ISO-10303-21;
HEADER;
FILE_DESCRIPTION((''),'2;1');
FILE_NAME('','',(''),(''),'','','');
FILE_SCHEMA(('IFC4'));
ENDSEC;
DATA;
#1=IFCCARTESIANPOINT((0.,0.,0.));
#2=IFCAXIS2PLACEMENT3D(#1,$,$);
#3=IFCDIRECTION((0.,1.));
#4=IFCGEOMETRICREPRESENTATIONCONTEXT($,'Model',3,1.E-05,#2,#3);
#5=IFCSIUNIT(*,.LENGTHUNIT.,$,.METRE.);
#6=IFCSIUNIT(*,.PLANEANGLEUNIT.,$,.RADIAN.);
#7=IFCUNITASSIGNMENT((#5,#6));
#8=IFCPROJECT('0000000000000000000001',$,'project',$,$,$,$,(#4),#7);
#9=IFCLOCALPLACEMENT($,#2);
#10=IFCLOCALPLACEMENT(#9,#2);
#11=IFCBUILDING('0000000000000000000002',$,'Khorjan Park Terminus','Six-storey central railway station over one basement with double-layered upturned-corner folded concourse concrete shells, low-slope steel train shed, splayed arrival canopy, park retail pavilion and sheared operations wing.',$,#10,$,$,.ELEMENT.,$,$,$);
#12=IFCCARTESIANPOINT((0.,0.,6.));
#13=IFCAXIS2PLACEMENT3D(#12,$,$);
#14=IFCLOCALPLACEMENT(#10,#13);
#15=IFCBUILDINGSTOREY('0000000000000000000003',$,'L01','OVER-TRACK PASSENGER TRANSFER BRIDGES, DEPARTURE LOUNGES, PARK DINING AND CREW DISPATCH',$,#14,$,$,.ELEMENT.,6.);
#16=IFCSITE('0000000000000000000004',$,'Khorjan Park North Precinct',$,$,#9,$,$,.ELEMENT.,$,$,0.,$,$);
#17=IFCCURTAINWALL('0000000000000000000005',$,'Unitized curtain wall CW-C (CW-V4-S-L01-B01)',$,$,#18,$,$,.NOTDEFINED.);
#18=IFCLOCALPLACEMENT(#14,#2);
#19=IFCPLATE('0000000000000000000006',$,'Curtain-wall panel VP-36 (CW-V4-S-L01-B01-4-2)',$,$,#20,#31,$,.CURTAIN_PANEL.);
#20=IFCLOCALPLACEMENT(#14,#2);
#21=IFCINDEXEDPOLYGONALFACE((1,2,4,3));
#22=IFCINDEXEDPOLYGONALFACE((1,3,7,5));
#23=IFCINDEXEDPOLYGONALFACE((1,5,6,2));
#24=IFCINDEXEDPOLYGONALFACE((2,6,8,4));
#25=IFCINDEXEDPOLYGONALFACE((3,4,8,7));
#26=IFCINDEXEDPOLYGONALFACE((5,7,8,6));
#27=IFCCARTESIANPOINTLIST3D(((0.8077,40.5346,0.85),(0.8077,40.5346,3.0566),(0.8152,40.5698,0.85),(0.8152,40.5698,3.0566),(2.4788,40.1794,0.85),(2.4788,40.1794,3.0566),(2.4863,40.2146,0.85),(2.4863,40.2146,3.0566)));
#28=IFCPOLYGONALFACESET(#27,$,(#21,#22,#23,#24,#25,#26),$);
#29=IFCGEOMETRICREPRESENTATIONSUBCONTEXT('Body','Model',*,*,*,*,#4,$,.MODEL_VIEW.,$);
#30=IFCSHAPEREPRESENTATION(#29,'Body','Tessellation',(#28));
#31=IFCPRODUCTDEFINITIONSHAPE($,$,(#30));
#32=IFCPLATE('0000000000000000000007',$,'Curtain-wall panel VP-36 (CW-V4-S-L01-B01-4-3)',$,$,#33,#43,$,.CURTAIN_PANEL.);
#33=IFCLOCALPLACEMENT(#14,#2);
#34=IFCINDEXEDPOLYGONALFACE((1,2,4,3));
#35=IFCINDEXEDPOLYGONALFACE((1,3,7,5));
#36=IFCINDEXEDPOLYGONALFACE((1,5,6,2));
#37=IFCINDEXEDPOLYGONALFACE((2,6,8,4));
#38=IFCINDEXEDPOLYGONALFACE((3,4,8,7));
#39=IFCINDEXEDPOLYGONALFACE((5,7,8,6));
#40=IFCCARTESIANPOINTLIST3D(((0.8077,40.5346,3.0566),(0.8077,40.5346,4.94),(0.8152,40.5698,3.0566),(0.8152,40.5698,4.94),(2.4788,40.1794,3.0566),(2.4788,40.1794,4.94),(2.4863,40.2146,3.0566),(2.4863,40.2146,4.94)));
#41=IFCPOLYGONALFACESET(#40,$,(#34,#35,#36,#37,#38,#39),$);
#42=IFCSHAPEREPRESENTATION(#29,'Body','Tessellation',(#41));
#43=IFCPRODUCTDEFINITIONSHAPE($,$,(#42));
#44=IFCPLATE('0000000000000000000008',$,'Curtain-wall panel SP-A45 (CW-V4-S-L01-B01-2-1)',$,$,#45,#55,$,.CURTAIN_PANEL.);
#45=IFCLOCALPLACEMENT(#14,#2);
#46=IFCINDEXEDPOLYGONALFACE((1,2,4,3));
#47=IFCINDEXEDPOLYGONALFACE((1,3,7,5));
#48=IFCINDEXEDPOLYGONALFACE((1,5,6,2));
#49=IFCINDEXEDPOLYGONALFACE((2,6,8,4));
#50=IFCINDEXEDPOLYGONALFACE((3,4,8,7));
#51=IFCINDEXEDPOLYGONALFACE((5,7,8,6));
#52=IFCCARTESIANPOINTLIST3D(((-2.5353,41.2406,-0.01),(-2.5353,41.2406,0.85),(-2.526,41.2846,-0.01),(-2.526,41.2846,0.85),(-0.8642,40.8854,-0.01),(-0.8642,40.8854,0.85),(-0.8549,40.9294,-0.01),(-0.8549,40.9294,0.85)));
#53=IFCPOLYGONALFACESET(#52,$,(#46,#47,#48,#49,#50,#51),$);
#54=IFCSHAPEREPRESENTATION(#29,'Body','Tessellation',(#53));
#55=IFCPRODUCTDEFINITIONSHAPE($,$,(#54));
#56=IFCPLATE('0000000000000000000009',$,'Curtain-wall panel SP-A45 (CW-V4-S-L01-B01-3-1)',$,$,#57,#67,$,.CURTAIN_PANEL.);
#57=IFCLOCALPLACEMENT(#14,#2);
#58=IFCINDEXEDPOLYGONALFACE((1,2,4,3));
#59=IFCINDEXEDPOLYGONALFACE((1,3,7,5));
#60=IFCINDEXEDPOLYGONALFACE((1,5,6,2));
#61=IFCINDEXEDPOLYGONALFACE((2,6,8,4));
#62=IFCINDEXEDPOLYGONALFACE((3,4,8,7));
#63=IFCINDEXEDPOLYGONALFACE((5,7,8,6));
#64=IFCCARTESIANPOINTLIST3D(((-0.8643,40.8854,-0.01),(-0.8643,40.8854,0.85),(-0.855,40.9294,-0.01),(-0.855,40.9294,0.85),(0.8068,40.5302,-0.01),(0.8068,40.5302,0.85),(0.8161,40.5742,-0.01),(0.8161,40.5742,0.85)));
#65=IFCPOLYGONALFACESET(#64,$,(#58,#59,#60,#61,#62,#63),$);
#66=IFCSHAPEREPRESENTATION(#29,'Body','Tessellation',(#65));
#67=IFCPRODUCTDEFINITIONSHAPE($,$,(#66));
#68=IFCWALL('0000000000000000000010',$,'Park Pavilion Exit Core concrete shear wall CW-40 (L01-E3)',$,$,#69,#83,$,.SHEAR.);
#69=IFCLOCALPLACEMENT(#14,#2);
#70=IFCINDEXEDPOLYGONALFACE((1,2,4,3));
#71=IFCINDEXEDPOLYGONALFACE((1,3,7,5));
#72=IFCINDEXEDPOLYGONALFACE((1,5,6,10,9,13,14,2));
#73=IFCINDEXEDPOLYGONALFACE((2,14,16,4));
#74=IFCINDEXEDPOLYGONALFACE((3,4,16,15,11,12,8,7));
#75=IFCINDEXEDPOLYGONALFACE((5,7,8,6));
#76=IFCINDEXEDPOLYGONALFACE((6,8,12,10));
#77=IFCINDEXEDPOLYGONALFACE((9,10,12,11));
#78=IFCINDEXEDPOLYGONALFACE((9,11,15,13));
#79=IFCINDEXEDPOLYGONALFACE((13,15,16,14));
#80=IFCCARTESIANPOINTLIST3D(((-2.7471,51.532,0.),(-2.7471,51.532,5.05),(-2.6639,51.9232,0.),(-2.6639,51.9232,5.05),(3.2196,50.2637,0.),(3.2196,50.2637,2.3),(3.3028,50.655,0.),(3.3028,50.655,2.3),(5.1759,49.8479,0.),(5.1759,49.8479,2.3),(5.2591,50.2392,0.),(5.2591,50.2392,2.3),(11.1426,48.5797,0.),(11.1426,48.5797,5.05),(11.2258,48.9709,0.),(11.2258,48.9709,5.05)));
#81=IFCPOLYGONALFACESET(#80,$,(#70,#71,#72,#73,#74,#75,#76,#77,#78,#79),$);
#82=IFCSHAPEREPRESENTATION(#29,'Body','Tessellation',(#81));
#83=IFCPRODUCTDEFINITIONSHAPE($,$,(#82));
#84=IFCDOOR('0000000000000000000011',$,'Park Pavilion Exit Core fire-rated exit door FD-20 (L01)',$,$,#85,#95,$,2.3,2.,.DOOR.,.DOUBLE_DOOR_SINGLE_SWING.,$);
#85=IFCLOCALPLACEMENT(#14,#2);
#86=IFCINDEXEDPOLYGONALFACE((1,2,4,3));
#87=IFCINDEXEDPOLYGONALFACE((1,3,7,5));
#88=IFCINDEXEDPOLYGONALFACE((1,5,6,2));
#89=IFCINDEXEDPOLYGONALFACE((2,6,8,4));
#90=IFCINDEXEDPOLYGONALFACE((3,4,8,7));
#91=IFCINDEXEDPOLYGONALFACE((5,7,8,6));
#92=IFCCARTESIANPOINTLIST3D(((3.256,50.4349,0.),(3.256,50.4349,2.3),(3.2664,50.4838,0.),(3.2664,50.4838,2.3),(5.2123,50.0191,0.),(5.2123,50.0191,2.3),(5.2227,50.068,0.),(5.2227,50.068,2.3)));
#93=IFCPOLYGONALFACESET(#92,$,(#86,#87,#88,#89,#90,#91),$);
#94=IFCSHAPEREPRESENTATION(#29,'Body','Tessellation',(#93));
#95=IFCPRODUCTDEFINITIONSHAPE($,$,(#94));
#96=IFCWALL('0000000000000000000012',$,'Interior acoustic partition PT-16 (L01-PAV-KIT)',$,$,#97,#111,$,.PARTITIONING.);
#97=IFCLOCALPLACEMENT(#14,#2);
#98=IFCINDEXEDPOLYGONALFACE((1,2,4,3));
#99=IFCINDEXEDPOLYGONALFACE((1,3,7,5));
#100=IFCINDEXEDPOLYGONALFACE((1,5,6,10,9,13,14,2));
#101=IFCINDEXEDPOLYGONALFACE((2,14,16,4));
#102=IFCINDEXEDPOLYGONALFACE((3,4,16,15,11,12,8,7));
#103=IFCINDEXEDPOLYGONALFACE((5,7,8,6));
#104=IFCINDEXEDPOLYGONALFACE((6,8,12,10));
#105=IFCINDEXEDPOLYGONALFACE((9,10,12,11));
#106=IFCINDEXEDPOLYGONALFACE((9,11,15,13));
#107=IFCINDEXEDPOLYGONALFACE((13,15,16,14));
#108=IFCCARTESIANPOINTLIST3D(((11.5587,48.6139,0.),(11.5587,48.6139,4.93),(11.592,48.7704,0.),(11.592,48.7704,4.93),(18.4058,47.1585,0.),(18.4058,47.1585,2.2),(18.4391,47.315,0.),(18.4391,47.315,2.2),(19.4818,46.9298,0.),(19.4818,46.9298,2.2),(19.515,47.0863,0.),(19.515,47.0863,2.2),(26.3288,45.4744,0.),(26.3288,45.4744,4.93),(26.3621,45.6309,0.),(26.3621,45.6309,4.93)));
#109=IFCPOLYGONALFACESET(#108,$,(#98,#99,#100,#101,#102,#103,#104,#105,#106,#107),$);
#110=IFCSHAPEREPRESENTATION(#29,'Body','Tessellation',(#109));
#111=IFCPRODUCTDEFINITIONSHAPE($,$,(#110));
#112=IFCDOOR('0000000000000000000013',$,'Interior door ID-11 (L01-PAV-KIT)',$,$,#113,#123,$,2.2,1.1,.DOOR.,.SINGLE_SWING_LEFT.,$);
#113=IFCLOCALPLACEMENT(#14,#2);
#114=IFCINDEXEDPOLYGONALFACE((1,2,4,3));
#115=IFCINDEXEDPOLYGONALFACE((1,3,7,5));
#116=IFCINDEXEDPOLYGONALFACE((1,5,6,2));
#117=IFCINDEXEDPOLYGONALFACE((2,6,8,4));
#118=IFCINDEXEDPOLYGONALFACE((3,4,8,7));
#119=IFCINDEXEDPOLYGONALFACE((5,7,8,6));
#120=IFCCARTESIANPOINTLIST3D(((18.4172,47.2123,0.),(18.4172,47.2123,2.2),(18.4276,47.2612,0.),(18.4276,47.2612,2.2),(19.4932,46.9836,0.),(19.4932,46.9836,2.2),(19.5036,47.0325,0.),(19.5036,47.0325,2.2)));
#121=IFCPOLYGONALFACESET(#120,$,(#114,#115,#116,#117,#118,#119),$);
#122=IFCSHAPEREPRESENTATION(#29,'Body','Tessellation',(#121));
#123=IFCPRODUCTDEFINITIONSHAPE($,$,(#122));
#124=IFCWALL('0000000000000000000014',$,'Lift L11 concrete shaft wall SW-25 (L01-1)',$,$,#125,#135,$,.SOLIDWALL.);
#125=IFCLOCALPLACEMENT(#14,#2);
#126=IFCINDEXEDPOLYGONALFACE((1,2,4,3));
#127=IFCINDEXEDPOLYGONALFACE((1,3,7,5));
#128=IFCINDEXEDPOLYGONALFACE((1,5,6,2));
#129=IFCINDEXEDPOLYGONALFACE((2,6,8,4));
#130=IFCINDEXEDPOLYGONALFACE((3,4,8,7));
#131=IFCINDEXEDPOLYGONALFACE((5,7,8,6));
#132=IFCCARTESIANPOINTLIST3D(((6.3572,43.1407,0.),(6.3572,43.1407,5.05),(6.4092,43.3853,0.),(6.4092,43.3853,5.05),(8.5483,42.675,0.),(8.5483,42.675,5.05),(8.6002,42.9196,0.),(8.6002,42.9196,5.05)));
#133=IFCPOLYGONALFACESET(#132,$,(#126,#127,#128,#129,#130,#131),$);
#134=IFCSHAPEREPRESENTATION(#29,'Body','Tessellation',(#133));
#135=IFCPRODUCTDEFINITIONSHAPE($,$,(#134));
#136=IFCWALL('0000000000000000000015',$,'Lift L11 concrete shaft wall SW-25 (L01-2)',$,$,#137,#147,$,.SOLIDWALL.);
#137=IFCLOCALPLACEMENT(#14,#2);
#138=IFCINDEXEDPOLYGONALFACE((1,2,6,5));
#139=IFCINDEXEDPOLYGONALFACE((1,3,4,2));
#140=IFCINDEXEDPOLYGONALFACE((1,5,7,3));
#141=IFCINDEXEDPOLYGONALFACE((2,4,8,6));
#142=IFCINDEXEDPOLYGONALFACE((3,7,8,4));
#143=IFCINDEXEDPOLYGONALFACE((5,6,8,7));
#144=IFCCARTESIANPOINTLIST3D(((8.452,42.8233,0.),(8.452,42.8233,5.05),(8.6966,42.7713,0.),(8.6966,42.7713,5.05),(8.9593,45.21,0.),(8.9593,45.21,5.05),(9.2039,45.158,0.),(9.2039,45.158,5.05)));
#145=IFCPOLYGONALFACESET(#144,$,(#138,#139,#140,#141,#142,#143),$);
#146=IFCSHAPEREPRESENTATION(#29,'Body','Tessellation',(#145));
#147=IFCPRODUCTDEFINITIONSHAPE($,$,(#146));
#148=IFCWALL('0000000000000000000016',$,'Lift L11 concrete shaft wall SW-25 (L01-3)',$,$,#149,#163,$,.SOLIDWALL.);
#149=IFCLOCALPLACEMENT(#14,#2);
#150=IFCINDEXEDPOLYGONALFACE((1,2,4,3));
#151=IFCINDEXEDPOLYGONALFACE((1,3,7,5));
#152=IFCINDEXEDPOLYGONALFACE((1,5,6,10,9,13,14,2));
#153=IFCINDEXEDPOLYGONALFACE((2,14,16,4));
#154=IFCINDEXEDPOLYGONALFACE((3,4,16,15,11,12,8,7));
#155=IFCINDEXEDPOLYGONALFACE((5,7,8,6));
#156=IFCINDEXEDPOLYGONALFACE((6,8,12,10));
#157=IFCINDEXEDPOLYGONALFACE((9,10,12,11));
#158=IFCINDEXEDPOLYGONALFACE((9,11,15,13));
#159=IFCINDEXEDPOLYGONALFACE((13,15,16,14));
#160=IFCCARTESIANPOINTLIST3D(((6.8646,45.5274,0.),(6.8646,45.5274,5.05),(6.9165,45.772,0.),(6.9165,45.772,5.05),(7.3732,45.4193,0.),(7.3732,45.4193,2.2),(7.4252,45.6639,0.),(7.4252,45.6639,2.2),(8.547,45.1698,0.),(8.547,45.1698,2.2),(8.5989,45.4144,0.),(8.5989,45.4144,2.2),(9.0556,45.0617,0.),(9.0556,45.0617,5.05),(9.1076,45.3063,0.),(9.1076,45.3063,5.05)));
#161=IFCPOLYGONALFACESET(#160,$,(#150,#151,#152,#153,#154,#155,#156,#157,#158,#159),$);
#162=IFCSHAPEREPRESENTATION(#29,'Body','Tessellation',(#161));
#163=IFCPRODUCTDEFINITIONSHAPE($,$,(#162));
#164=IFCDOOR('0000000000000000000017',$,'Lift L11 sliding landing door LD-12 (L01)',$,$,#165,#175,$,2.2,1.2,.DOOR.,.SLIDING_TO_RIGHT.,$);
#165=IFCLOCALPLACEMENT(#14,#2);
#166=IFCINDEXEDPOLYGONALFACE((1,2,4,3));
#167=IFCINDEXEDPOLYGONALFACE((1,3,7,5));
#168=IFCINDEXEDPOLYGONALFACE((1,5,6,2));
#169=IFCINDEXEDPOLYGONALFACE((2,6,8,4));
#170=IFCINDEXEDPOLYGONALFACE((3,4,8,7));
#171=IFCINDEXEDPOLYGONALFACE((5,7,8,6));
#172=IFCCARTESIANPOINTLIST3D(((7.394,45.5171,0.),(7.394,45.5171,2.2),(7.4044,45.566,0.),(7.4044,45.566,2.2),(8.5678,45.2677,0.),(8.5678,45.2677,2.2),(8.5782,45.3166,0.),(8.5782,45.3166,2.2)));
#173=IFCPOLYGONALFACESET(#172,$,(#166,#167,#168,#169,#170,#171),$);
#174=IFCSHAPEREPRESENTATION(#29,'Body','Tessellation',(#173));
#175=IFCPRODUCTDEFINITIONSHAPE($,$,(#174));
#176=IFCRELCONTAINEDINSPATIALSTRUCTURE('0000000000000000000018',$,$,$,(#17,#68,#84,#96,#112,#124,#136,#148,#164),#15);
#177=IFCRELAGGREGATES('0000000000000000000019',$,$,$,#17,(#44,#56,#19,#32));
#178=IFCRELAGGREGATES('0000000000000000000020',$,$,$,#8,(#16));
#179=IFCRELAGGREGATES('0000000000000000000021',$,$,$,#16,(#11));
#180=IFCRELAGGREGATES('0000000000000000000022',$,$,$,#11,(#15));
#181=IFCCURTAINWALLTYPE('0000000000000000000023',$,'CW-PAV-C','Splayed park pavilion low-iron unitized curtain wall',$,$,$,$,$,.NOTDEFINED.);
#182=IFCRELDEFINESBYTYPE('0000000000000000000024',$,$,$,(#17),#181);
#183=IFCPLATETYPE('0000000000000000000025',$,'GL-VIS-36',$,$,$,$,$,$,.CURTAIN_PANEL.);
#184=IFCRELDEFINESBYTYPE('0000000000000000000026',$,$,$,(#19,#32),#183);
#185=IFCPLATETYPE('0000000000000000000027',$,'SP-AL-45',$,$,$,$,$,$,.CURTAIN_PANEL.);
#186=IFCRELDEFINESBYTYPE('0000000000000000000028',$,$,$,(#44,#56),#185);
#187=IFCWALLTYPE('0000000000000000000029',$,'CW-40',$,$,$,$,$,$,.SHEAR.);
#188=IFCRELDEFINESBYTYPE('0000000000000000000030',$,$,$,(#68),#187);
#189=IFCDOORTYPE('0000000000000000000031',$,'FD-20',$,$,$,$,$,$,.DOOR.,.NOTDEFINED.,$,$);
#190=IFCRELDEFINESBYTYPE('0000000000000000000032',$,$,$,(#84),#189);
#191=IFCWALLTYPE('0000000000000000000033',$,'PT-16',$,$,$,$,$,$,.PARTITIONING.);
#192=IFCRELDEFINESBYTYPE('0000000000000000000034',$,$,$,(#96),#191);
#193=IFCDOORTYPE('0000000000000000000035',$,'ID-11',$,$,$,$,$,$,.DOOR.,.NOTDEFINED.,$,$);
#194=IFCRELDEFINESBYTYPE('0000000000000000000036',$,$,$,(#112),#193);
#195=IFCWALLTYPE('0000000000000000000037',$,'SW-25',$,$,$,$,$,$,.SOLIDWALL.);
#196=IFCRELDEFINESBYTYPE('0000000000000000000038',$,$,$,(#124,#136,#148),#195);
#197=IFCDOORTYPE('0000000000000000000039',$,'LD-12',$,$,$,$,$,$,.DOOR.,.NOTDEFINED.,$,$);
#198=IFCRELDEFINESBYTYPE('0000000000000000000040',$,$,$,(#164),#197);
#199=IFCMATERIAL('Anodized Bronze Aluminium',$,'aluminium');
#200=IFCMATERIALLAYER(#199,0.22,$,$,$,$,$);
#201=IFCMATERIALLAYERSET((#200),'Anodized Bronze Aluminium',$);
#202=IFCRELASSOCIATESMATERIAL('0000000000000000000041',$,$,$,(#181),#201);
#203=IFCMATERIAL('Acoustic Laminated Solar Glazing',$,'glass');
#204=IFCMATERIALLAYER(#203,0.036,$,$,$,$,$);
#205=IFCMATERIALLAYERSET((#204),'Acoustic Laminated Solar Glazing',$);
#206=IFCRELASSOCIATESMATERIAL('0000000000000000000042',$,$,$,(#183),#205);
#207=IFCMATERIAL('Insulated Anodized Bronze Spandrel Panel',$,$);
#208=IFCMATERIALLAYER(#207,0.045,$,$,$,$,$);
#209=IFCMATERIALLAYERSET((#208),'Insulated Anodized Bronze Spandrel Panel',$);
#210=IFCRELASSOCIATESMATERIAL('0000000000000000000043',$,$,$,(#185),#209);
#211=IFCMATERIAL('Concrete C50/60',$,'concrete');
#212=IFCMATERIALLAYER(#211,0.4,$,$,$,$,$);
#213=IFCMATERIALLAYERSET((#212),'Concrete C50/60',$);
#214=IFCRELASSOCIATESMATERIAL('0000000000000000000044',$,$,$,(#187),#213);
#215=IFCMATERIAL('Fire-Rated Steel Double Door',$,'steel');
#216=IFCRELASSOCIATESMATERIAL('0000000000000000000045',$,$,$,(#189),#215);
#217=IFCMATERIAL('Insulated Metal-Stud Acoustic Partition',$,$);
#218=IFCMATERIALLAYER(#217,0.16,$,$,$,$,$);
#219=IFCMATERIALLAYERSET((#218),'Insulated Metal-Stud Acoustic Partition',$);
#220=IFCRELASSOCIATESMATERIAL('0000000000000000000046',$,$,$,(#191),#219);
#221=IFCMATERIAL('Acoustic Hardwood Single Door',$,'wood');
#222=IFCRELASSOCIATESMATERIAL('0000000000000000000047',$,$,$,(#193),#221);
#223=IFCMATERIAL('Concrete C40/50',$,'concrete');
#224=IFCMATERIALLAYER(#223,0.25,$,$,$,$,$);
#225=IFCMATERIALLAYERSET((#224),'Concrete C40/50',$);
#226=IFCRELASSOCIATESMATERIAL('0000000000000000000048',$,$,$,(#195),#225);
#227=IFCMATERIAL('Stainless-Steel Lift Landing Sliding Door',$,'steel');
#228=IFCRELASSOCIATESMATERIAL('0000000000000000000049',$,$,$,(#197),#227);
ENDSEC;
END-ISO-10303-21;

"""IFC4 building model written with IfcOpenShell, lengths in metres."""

from ifc_helpers import new_model, si_unit, direction, frame, frame_2d, origin, origin_2d, place, context, subcontext, project, spatial, rectangle, extrude, material, layer, layer_set, type_object, element, fill, aggregate, save


model = new_model("IFC4")

# Units and contexts
model_context = context("Model", 3, precision=1e-05, world=origin(), true_north=direction((0.0, 1.0)))
body_context = subcontext(model_context, "Body", "Model", "MODEL_VIEW")
ifc_project = project(units=[si_unit("LENGTHUNIT", "METRE"), si_unit("PLANEANGLEUNIT", "RADIAN")], contexts=[model_context])

# Site, building, storey
site_placement = place(None, origin())
site = spatial("IfcSite", under=ifc_project, at=site_placement, Name="Khorjan Park North Precinct", CompositionType="ELEMENT", RefElevation=0.0)
building_placement = place(site_placement, origin())
building = spatial("IfcBuilding", under=site, at=building_placement, Name="Khorjan Park Terminus", Description="Six-storey central railway station over one basement with double-layered upturned-corner folded concourse concrete shells, low-slope steel train shed, splayed arrival canopy, park retail pavilion and sheared operations wing.", CompositionType="ELEMENT")
storey_placement = place(building_placement, frame((0.0, 0.0, 6.0)))
storey = spatial("IfcBuildingStorey", under=building, at=storey_placement, Name="L01", Description="OVER-TRACK PASSENGER TRANSFER BRIDGES, DEPARTURE LOUNGES, PARK DINING AND CREW DISPATCH", CompositionType="ELEMENT", Elevation=6.0)

# Curtain wall, plates
ifc_material_1 = material(Name="Anodized Bronze Aluminium", Category="aluminium")
ifc_layer_1 = layer(ifc_material_1, 0.22)
ifc_layer_set_1 = layer_set([ifc_layer_1], Name="Anodized Bronze Aluminium")
curtain_wall_type = type_object("IfcCurtainWallType", Name="CW-PAV-C", Description="Splayed park pavilion low-iron unitized curtain wall", PredefinedType="NOTDEFINED", material=ifc_layer_set_1)
curtain_wall_placement = place(storey_placement, origin())
curtain_wall = element("IfcCurtainWall", 1, at=curtain_wall_placement, inside=storey, type_object=curtain_wall_type, Name="Unitized curtain wall CW-C (CW-V4-S-L01-B01)", PredefinedType="NOTDEFINED")
ifc_material_2 = material(Name="Acoustic Laminated Solar Glazing", Category="glass")
ifc_layer_2 = layer(ifc_material_2, 0.036)
ifc_layer_set_2 = layer_set([ifc_layer_2], Name="Acoustic Laminated Solar Glazing")
plate_type_1 = type_object("IfcPlateType", Name="GL-VIS-36", PredefinedType="CURTAIN_PANEL", material=ifc_layer_set_2)
plate_1_placement = place(storey_placement, frame((1.647, 40.3746, 0.85), z_axis=(0.0, 0.0, 1.0), x_axis=(0.978147, -0.207914, 0.0)))
plate_1 = element("IfcPlate", 2, at=plate_1_placement, type_object=plate_type_1, Name="Curtain-wall panel VP-36 (CW-V4-S-L01-B01-4-2)", PredefinedType="CURTAIN_PANEL", context=body_context, shape_type="SweptSolid", body=[
    extrude(rectangle(XDim=1.7084, YDim=0.036, at=origin_2d()), origin(), (0.0, 0.0, 1.0), 2.2066),
])
plate_2_placement = place(storey_placement, frame((1.647, 40.3746, 3.0566), z_axis=(0.0, 0.0, 1.0), x_axis=(0.978147, -0.207914, 0.0)))
plate_2 = element("IfcPlate", 3, at=plate_2_placement, type_object=plate_type_1, Name="Curtain-wall panel VP-36 (CW-V4-S-L01-B01-4-3)", PredefinedType="CURTAIN_PANEL", context=body_context, shape_type="SweptSolid", body=[
    extrude(rectangle(XDim=1.7084, YDim=0.036, at=origin_2d()), origin(), (0.0, 0.0, 1.0), 1.8834),
])
ifc_material_3 = material(Name="Insulated Anodized Bronze Spandrel Panel")
ifc_layer_3 = layer(ifc_material_3, 0.045)
ifc_layer_set_3 = layer_set([ifc_layer_3], Name="Insulated Anodized Bronze Spandrel Panel")
plate_type_2 = type_object("IfcPlateType", Name="SP-AL-45", PredefinedType="CURTAIN_PANEL", material=ifc_layer_set_3)
plate_3_placement = place(storey_placement, frame((-1.6951, 41.085, -0.01), z_axis=(0.0, 0.0, 1.0), x_axis=(0.978147, -0.207914, 0.0)))
plate_3 = element("IfcPlate", 4, at=plate_3_placement, type_object=plate_type_2, Name="Curtain-wall panel SP-A45 (CW-V4-S-L01-B01-2-1)", PredefinedType="CURTAIN_PANEL", context=body_context, shape_type="SweptSolid", body=[
    extrude(rectangle(XDim=1.7084, YDim=0.045, at=origin_2d()), origin(), (0.0, 0.0, 1.0), 0.86),
])
plate_4_placement = place(storey_placement, frame((-0.0241, 40.7298, -0.01), z_axis=(0.0, 0.0, 1.0), x_axis=(0.978147, -0.207914, 0.0)))
plate_4 = element("IfcPlate", 5, at=plate_4_placement, type_object=plate_type_2, Name="Curtain-wall panel SP-A45 (CW-V4-S-L01-B01-3-1)", PredefinedType="CURTAIN_PANEL", context=body_context, shape_type="SweptSolid", body=[
    extrude(rectangle(XDim=1.7084, YDim=0.045, at=origin_2d()), origin(), (0.0, 0.0, 1.0), 0.86),
])
aggregate(curtain_wall, [plate_3, plate_4, plate_1, plate_2])

# Walls, openings, doors
ifc_material_4 = material(Name="Concrete C50/60", Category="concrete")
ifc_layer_4 = layer(ifc_material_4, 0.4)
ifc_layer_set_4 = layer_set([ifc_layer_4], Name="Concrete C50/60")
wall_type_1 = type_object("IfcWallType", Name="CW-40", PredefinedType="SHEAR", material=ifc_layer_set_4)
wall_1_placement = place(storey_placement, frame((11.1842, 48.7753, 0.0), z_axis=(0.0, 0.0, 1.0), x_axis=(-0.978148, 0.207909, 0.0)))
wall_1 = element("IfcWall", 6, at=wall_1_placement, inside=storey, type_object=wall_type_1, Name="Park Pavilion Exit Core concrete shear wall CW-40 (L01-E3)", PredefinedType="SHEAR", context=body_context, shape_type="SweptSolid", body=[
    extrude(rectangle(XDim=14.2, YDim=0.4, at=frame_2d((7.1, 0.0))), origin(), (0.0, 0.0, 1.0), 5.05),
])
opening_1_placement = place(wall_1_placement, frame((6.1, 0.0, 0.0)))
opening_1 = element("IfcOpeningElement", 7, at=opening_1_placement, cuts=wall_1, PredefinedType="OPENING", context=body_context, shape_type="SweptSolid", body=[
    extrude(rectangle(XDim=2.0, YDim=2.3, at=frame_2d((1.0, 1.15))), frame((0.0, 0.21, 0.0), z_axis=(0.0, -1.0, 0.0), x_axis=(1.0, 0.0, 0.0)), (0.0, 0.0, 1.0), 0.42),
])
ifc_material_5 = material(Name="Fire-Rated Steel Double Door", Category="steel")
door_type_1 = type_object("IfcDoorType", Name="FD-20", OperationType="NOTDEFINED", PredefinedType="DOOR", material=ifc_material_5)
door_1_placement = place(opening_1_placement, origin())
door_1 = element("IfcDoor", 8, at=door_1_placement, inside=storey, type_object=door_type_1, Name="Park Pavilion Exit Core fire-rated exit door FD-20 (L01)", OperationType="DOUBLE_DOOR_SINGLE_SWING", OverallHeight=2.3, OverallWidth=2.0, PredefinedType="DOOR", context=body_context, shape_type="SweptSolid", body=[
    extrude(rectangle(XDim=2.0, YDim=2.3, at=frame_2d((1.0, 1.15))), frame((0.0, 0.025, 0.0), z_axis=(0.0, -1.0, 0.0), x_axis=(1.0, 0.0, 0.0)), (0.0, 0.0, 1.0), 0.05),
])
fill(opening_1, door_1)
ifc_material_6 = material(Name="Insulated Metal-Stud Acoustic Partition")
ifc_layer_5 = layer(ifc_material_6, 0.16)
ifc_layer_set_5 = layer_set([ifc_layer_5], Name="Insulated Metal-Stud Acoustic Partition")
wall_type_2 = type_object("IfcWallType", Name="PT-16", PredefinedType="PARTITIONING", material=ifc_layer_set_5)
wall_2_placement = place(storey_placement, frame((11.5754, 48.6921, 0.0), z_axis=(0.0, 0.0, 1.0), x_axis=(0.978147, -0.207913, 0.0)))
wall_2 = element("IfcWall", 9, at=wall_2_placement, inside=storey, type_object=wall_type_2, Name="Interior acoustic partition PT-16 (L01-PAV-KIT)", PredefinedType="PARTITIONING", context=body_context, shape_type="SweptSolid", body=[
    extrude(rectangle(XDim=15.1001, YDim=0.16, at=frame_2d((7.55, 0.0))), origin(), (0.0, 0.0, 1.0), 4.93),
])
opening_2_placement = place(wall_2_placement, frame((7.0, 0.0, 0.0)))
opening_2 = element("IfcOpeningElement", 10, at=opening_2_placement, cuts=wall_2, PredefinedType="OPENING", context=body_context, shape_type="SweptSolid", body=[
    extrude(rectangle(XDim=1.1, YDim=2.2, at=frame_2d((0.55, 1.1))), frame((0.0, 0.09, 0.0), z_axis=(0.0, -1.0, 0.0), x_axis=(1.0, 0.0, 0.0)), (0.0, 0.0, 1.0), 0.18),
])
ifc_material_7 = material(Name="Acoustic Hardwood Single Door", Category="wood")
door_type_2 = type_object("IfcDoorType", Name="ID-11", OperationType="NOTDEFINED", PredefinedType="DOOR", material=ifc_material_7)
door_2_placement = place(opening_2_placement, origin())
door_2 = element("IfcDoor", 11, at=door_2_placement, inside=storey, type_object=door_type_2, Name="Interior door ID-11 (L01-PAV-KIT)", OperationType="SINGLE_SWING_LEFT", OverallHeight=2.2, OverallWidth=1.1, PredefinedType="DOOR", context=body_context, shape_type="SweptSolid", body=[
    extrude(rectangle(XDim=1.1, YDim=2.2, at=frame_2d((0.55, 1.1))), frame((0.0, 0.025, 0.0), z_axis=(0.0, -1.0, 0.0), x_axis=(1.0, 0.0, 0.0)), (0.0, 0.0, 1.0), 0.05),
])
fill(opening_2, door_2)

# Walls
ifc_material_8 = material(Name="Concrete C40/50", Category="concrete")
ifc_layer_6 = layer(ifc_material_8, 0.25)
ifc_layer_set_6 = layer_set([ifc_layer_6], Name="Concrete C40/50")
wall_type_3 = type_object("IfcWallType", Name="SW-25", PredefinedType="SOLIDWALL", material=ifc_layer_set_6)
wall_3_placement = place(storey_placement, frame((6.3832, 43.263, 0.0), z_axis=(0.0, 0.0, 1.0), x_axis=(0.978151, -0.207898, 0.0)))
element("IfcWall", 12, at=wall_3_placement, inside=storey, type_object=wall_type_3, Name="Lift L11 concrete shaft wall SW-25 (L01-1)", PredefinedType="SOLIDWALL", context=body_context, shape_type="SweptSolid", body=[
    extrude(rectangle(XDim=2.24, YDim=0.25, at=frame_2d((1.12, 0.0))), origin(), (0.0, 0.0, 1.0), 5.05),
])
wall_4_placement = place(storey_placement, frame((8.5743, 42.7973, 0.0), z_axis=(0.0, 0.0, 1.0), x_axis=(0.207908, 0.978148, 0.0)))
element("IfcWall", 13, at=wall_4_placement, inside=storey, type_object=wall_type_3, Name="Lift L11 concrete shaft wall SW-25 (L01-2)", PredefinedType="SOLIDWALL", context=body_context, shape_type="SweptSolid", body=[
    extrude(rectangle(XDim=2.44, YDim=0.25, at=frame_2d((1.22, 0.0))), origin(), (0.0, 0.0, 1.0), 5.05),
])

# Wall, opening, door
wall_5_placement = place(storey_placement, frame((9.0816, 45.184, 0.0), z_axis=(0.0, 0.0, 1.0), x_axis=(-0.978151, 0.207898, 0.0)))
wall_5 = element("IfcWall", 14, at=wall_5_placement, inside=storey, type_object=wall_type_3, Name="Lift L11 concrete shaft wall SW-25 (L01-3)", PredefinedType="SOLIDWALL", context=body_context, shape_type="SweptSolid", body=[
    extrude(rectangle(XDim=2.24, YDim=0.25, at=frame_2d((1.12, 0.0))), origin(), (0.0, 0.0, 1.0), 5.05),
])
opening_3_placement = place(wall_5_placement, frame((0.52, 0.0, 0.0)))
opening_3 = element("IfcOpeningElement", 15, at=opening_3_placement, cuts=wall_5, PredefinedType="OPENING", context=body_context, shape_type="SweptSolid", body=[
    extrude(rectangle(XDim=1.2, YDim=2.2, at=frame_2d((0.6, 1.1))), frame((0.0, 0.135, 0.0), z_axis=(0.0, -1.0, 0.0), x_axis=(1.0, 0.0, 0.0)), (0.0, 0.0, 1.0), 0.27),
])
ifc_material_9 = material(Name="Stainless-Steel Lift Landing Sliding Door", Category="steel")
door_type_3 = type_object("IfcDoorType", Name="LD-12", OperationType="NOTDEFINED", PredefinedType="DOOR", material=ifc_material_9)
door_3_placement = place(opening_3_placement, origin())
door_3 = element("IfcDoor", 16, at=door_3_placement, inside=storey, type_object=door_type_3, Name="Lift L11 sliding landing door LD-12 (L01)", OperationType="SLIDING_TO_RIGHT", OverallHeight=2.2, OverallWidth=1.2, PredefinedType="DOOR", context=body_context, shape_type="SweptSolid", body=[
    extrude(rectangle(XDim=1.2, YDim=2.2, at=frame_2d((0.6, 1.1))), frame((0.0, 0.025, 0.0), z_axis=(0.0, -1.0, 0.0), x_axis=(1.0, 0.0, 0.0)), (0.0, 0.0, 1.0), 0.05),
])
fill(opening_3, door_3)

save(model, "model.ifc")
